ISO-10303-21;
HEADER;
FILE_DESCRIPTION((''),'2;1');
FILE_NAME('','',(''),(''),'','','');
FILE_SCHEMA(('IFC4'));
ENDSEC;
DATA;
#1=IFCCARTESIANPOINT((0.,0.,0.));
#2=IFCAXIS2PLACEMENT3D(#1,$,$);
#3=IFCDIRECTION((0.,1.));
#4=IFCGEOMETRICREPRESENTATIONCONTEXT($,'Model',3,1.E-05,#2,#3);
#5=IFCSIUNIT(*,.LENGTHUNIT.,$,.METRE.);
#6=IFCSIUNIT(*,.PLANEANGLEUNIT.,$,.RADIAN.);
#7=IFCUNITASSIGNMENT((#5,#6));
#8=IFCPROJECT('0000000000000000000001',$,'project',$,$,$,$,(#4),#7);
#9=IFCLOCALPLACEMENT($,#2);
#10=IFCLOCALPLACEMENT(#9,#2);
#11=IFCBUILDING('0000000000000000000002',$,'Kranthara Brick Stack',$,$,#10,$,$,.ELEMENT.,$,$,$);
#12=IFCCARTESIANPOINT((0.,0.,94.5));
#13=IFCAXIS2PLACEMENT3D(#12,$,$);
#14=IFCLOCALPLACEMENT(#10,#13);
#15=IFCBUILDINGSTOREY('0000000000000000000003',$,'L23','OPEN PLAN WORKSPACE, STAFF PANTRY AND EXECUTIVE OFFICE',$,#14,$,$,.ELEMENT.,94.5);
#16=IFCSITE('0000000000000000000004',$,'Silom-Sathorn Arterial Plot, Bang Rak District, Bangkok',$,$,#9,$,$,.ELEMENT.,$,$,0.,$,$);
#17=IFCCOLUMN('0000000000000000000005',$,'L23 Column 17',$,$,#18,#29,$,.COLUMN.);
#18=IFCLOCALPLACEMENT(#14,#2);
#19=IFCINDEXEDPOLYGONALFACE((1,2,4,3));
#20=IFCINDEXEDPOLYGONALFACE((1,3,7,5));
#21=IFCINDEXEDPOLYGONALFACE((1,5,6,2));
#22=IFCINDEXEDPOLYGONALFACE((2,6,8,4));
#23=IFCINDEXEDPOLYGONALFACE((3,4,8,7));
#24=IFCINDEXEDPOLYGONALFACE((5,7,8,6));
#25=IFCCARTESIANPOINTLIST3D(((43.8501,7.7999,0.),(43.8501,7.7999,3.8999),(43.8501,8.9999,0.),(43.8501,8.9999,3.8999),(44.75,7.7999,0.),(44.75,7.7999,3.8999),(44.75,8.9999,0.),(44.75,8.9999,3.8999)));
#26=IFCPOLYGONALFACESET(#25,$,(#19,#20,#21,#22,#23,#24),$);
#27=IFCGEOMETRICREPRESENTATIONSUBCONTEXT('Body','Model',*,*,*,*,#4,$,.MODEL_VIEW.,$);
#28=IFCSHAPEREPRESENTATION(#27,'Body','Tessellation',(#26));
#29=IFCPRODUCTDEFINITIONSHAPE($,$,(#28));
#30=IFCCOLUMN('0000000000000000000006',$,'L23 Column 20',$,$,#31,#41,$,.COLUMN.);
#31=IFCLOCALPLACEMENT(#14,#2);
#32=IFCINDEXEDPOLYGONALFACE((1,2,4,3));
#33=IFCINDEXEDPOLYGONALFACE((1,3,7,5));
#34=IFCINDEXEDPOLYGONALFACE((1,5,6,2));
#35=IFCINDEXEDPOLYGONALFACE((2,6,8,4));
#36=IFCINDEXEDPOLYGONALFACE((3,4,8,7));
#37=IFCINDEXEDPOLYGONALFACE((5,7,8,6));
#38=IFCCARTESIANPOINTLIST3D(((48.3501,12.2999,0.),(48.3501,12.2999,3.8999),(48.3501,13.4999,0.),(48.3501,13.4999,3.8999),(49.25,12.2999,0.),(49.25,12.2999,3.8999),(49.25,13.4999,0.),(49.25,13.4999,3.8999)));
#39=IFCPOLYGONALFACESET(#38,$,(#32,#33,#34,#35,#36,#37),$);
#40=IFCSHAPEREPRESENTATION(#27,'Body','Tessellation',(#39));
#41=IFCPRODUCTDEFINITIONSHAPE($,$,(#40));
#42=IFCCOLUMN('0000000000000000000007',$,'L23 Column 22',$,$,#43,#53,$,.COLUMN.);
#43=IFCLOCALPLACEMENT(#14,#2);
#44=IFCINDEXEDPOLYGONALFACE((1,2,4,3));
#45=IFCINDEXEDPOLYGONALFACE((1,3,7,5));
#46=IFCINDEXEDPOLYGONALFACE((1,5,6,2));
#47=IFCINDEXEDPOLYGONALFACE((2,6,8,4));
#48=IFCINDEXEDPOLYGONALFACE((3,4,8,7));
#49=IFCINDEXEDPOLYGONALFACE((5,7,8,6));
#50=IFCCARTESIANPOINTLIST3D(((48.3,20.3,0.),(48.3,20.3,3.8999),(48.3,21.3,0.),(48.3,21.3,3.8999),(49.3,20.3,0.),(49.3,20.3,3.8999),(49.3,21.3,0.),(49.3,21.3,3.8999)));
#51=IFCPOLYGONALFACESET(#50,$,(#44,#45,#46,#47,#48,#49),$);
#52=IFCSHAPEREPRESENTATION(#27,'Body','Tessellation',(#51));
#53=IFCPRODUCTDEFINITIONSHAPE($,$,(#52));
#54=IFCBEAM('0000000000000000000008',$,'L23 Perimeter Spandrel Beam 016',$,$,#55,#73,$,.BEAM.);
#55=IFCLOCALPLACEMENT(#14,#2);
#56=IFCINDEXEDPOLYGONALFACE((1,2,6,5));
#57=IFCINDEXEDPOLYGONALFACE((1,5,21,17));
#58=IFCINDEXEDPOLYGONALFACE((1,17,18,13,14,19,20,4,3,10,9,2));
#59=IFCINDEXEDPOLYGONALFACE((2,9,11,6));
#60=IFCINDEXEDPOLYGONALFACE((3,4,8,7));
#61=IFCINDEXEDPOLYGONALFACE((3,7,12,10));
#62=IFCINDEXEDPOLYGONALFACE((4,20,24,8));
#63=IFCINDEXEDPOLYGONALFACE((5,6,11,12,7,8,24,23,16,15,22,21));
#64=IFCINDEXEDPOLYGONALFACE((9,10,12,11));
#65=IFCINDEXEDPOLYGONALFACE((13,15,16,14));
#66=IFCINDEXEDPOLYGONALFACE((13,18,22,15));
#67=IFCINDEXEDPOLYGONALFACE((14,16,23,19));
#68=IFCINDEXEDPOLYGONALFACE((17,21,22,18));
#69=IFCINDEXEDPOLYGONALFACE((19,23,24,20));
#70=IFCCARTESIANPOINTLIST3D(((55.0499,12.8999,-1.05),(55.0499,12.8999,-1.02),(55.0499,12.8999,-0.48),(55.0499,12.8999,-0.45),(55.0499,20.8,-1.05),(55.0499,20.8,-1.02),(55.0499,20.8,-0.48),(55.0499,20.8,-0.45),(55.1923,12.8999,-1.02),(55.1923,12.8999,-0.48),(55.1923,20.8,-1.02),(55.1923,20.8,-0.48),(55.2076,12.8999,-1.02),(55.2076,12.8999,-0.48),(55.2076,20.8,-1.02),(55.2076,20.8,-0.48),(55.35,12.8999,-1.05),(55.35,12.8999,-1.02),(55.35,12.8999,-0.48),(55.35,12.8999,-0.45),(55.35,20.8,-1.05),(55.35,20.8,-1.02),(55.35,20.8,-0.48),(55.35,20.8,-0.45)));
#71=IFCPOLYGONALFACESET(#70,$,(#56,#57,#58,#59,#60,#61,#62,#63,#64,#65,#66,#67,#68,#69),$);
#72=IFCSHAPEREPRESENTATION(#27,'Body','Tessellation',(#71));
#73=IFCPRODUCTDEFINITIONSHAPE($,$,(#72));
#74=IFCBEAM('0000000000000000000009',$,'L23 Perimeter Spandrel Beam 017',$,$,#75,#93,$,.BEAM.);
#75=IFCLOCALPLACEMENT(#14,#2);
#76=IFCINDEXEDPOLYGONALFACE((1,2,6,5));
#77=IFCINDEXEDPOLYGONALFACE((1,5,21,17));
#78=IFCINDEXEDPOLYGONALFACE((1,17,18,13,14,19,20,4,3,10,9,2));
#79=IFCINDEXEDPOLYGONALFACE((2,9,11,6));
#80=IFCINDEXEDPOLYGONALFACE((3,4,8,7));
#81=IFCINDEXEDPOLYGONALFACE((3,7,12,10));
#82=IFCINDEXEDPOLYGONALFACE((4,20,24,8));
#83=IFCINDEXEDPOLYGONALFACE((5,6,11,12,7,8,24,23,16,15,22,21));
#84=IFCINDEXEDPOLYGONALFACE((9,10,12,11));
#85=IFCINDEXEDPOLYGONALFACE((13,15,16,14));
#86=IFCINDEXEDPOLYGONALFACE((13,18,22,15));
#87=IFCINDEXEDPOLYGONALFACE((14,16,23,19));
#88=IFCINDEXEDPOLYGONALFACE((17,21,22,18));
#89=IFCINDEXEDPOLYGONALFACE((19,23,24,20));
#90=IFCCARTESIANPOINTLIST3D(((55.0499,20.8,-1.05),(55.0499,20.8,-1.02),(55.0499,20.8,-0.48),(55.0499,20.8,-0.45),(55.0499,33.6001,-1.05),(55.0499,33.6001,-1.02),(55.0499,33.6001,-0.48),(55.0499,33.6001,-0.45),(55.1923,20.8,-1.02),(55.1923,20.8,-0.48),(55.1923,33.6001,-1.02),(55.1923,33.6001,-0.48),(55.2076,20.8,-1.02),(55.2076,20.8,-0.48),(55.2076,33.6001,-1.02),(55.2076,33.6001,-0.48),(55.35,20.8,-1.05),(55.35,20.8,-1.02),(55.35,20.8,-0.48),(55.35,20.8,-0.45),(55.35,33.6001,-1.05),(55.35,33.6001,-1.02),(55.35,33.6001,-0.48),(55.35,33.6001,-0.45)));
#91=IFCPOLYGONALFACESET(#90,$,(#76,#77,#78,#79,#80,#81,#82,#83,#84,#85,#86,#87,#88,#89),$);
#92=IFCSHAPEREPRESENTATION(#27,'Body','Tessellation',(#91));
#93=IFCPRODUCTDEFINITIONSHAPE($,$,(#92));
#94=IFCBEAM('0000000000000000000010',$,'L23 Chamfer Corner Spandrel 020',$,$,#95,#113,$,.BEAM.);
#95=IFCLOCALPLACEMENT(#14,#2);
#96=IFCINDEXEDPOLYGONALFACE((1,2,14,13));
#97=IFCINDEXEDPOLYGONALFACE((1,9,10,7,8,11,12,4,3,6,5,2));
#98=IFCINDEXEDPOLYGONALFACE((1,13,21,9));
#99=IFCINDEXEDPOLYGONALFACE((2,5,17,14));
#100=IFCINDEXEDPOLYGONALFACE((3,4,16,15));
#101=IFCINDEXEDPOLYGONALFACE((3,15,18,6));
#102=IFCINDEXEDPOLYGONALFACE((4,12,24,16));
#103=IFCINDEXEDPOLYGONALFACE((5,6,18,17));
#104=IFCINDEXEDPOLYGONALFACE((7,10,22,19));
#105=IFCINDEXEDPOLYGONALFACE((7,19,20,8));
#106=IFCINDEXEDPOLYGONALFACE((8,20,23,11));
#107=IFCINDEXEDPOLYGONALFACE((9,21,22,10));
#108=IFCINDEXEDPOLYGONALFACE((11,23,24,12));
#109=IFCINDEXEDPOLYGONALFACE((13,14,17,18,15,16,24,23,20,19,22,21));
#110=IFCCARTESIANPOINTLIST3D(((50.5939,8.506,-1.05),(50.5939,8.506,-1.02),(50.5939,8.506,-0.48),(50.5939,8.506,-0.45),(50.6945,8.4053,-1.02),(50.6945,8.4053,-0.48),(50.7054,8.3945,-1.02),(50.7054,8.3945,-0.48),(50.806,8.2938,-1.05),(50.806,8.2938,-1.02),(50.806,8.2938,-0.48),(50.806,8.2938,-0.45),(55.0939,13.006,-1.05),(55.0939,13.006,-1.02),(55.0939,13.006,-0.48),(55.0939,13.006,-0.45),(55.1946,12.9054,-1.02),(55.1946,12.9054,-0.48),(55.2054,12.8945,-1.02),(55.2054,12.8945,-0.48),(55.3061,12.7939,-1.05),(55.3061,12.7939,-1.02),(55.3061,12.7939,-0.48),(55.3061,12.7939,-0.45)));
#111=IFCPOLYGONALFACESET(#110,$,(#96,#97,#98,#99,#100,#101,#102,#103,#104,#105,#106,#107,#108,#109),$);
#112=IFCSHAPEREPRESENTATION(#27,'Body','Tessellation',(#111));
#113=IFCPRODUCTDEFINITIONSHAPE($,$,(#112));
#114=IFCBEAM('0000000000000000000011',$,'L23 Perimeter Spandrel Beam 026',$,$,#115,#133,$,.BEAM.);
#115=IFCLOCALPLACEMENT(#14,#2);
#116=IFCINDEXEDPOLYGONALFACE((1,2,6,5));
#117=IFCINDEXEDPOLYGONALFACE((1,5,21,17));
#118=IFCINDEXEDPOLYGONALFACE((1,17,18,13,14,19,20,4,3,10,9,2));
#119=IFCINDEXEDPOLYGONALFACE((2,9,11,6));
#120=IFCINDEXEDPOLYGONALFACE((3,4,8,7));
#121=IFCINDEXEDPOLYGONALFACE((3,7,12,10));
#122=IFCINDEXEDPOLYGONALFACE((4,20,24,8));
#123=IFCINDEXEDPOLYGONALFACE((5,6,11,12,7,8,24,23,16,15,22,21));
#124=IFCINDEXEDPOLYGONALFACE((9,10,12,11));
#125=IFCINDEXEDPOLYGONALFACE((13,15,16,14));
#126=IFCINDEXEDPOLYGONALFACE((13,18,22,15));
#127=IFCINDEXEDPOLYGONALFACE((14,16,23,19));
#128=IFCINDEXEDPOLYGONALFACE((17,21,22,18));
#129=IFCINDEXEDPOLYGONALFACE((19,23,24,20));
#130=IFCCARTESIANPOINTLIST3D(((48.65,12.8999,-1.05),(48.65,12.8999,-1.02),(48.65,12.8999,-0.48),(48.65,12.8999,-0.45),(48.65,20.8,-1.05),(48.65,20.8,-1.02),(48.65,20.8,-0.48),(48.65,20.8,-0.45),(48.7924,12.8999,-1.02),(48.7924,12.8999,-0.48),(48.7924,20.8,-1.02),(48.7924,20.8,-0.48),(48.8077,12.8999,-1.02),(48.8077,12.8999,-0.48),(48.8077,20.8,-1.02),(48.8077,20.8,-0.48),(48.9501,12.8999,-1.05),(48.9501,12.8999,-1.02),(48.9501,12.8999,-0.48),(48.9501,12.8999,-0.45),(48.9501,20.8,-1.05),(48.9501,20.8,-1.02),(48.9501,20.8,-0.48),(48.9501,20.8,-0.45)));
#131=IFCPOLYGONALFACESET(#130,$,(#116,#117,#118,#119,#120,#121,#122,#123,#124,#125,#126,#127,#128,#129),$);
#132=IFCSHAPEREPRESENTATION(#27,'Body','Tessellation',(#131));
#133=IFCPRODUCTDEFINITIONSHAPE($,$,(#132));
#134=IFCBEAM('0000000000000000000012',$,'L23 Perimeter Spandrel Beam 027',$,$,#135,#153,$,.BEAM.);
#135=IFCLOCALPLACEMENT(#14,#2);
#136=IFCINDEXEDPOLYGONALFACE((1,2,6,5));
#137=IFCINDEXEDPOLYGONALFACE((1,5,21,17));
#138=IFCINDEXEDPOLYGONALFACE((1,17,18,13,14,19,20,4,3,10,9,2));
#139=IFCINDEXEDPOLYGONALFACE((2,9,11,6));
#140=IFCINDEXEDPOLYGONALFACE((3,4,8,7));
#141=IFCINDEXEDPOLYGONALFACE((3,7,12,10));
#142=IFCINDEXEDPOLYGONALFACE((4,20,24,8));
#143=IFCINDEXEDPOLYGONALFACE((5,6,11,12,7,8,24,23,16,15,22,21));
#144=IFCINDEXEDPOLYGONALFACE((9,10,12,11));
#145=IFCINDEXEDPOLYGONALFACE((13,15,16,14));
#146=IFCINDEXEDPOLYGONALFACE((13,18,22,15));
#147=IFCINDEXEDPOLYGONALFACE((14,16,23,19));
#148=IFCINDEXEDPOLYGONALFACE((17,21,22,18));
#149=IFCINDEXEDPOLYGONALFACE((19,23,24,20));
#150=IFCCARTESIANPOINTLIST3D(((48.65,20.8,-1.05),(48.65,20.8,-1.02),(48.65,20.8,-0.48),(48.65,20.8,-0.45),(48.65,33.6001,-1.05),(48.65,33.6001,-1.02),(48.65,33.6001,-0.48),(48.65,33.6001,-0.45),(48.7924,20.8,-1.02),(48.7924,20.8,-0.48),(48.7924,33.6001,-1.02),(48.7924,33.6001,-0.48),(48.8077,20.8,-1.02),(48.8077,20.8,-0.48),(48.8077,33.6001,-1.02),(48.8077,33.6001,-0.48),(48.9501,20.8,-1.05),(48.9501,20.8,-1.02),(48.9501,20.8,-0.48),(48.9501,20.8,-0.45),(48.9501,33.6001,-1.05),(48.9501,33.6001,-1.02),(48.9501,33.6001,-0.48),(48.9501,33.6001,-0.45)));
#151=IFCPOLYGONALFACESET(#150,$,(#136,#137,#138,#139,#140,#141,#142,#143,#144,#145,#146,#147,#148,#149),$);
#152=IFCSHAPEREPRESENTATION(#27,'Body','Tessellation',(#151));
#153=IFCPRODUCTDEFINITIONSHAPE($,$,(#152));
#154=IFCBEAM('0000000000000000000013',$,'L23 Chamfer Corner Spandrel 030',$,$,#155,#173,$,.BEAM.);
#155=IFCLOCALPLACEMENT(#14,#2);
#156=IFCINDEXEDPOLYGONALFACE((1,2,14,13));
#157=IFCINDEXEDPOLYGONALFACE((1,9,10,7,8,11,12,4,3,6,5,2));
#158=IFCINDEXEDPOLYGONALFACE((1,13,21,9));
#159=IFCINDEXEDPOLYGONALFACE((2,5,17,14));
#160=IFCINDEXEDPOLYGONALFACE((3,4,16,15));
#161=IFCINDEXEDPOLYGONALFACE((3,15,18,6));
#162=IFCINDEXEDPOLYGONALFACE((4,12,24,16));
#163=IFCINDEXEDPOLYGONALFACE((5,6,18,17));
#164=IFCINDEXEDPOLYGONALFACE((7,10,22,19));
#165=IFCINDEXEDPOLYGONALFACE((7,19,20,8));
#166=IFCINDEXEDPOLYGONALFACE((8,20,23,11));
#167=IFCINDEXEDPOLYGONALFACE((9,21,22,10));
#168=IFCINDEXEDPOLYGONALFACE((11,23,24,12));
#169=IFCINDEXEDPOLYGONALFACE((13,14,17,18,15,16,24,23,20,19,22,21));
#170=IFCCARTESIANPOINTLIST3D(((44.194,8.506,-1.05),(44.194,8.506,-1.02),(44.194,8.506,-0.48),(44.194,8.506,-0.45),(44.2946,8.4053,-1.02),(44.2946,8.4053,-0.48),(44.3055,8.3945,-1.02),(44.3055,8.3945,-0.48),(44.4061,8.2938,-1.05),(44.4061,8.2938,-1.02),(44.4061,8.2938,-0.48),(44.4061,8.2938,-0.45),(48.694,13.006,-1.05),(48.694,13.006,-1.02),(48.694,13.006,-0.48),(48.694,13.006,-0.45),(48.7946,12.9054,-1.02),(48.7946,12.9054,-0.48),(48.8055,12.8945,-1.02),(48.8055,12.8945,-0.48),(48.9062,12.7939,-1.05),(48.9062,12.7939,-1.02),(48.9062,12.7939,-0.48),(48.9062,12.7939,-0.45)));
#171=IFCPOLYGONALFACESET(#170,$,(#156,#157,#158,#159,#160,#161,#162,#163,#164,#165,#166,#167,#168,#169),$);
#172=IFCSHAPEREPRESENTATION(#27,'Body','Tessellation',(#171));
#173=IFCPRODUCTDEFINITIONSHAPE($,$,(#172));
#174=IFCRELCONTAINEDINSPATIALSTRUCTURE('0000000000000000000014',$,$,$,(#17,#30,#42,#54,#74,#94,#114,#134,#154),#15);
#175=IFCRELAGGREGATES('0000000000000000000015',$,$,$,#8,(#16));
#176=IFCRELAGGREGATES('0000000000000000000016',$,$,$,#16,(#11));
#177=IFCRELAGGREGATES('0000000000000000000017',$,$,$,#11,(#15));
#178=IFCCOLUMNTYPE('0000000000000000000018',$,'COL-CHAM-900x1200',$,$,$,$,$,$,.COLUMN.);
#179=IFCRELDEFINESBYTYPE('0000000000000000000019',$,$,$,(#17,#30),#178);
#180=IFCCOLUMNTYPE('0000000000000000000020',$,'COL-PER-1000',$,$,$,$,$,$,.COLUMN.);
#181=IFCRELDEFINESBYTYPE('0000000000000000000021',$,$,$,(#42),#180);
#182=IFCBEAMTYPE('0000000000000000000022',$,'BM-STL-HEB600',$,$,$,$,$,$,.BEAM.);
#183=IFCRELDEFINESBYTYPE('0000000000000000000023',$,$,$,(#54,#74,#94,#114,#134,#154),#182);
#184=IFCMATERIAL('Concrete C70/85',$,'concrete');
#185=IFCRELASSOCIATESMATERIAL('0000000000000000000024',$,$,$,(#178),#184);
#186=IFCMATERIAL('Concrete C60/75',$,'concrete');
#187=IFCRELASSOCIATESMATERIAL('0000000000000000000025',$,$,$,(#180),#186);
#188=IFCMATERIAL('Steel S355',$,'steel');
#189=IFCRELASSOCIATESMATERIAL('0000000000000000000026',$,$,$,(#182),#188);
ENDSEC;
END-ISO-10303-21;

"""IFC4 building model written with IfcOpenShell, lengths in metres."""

from ifc_helpers import new_model, si_unit, direction, frame, origin, origin_2d, place, context, subcontext, project, spatial, rectangle, i_section, extrude, material, material_profile, profile_set, type_object, element, save


model = new_model("IFC4")

# Units and contexts
model_context = context("Model", 3, precision=1e-05, world=origin(), true_north=direction((0.0, 1.0)))
body_context = subcontext(model_context, "Body", "Model", "MODEL_VIEW")
ifc_project = project(units=[si_unit("LENGTHUNIT", "METRE"), si_unit("PLANEANGLEUNIT", "RADIAN")], contexts=[model_context])

# Site, building, storey
site_placement = place(None, origin())
site = spatial("IfcSite", under=ifc_project, at=site_placement, Name="Silom-Sathorn Arterial Plot, Bang Rak District, Bangkok", CompositionType="ELEMENT", RefElevation=0.0)
building_placement = place(site_placement, origin())
building = spatial("IfcBuilding", under=site, at=building_placement, Name="Kranthara Brick Stack", CompositionType="ELEMENT")
storey_placement = place(building_placement, frame((0.0, 0.0, 94.5)))
storey = spatial("IfcBuildingStorey", under=building, at=storey_placement, Name="L23", Description="OPEN PLAN WORKSPACE, STAFF PANTRY AND EXECUTIVE OFFICE", CompositionType="ELEMENT", Elevation=94.5)

# Columns
ifc_material_1 = material(Name="Concrete C70/85", Category="concrete")
ifc_material_profile_1 = material_profile(ifc_material_1, rectangle(XDim=0.8999, YDim=1.2, at=origin_2d()), Name="RC 900x1200")
ifc_profile_set_1 = profile_set([ifc_material_profile_1], Name="Concrete C70/85")
column_type_1 = type_object("IfcColumnType", Name="COL-CHAM-900x1200", PredefinedType="COLUMN", material=ifc_profile_set_1)
for number, where, z_axis, x_axis, name in (
    (1, (44.3, 8.3999, 0.0), (0.0, 0.0, 1.0), (1.0, 0.0, 0.0), "L23 Column 17"),
    (2, (48.8, 12.8999, 0.0), (0.0, 0.0, 1.0), (1.0, 0.0, 0.0), "L23 Column 20"),
):
    element("IfcColumn", number, at=place(storey_placement, frame(where, z_axis=z_axis, x_axis=x_axis)), inside=storey, type_object=column_type_1, Name=name, PredefinedType="COLUMN", context=body_context, shape_type="SweptSolid", body=[
        extrude(rectangle(XDim=0.8999, YDim=1.2, at=origin_2d()), origin(), (0.0, 0.0, 1.0), 3.8999),
    ])
ifc_material_2 = material(Name="Concrete C60/75", Category="concrete")
ifc_material_profile_2 = material_profile(ifc_material_2, rectangle(XDim=1.0, YDim=1.0, at=origin_2d()), Name="RC 1000x1000")
ifc_profile_set_2 = profile_set([ifc_material_profile_2], Name="Concrete C60/75")
column_type_2 = type_object("IfcColumnType", Name="COL-PER-1000", PredefinedType="COLUMN", material=ifc_profile_set_2)
column_placement = place(storey_placement, frame((48.8, 20.8, 0.0), z_axis=(0.0, 0.0, 1.0), x_axis=(1.0, 0.0, 0.0)))
element("IfcColumn", 3, at=column_placement, inside=storey, type_object=column_type_2, Name="L23 Column 22", PredefinedType="COLUMN", context=body_context, shape_type="SweptSolid", body=[
    extrude(rectangle(XDim=1.0, YDim=1.0, at=origin_2d()), origin(), (0.0, 0.0, 1.0), 3.8999),
])

# Beams
ifc_material_3 = material(Name="Steel S355", Category="steel")
ifc_material_profile_3 = material_profile(ifc_material_3, i_section(OverallWidth=0.3, OverallDepth=0.6001, WebThickness=0.0154, FlangeThickness=0.03, at=origin_2d()), Name="HEB 600")
ifc_profile_set_3 = profile_set([ifc_material_profile_3], Name="Steel S355")
beam_type_1 = type_object("IfcBeamType", Name="BM-STL-HEB600", PredefinedType="BEAM", material=ifc_profile_set_3)
beam_1_placement = place(storey_placement, frame((55.2, 12.8999, -0.75), z_axis=(0.0, 1.0, 0.0), x_axis=(-1.0, 0.0, 0.0)))
element("IfcBeam", 4, at=beam_1_placement, inside=storey, type_object=beam_type_1, Name="L23 Perimeter Spandrel Beam 016", PredefinedType="BEAM", context=body_context, shape_type="SweptSolid", body=[
    extrude(i_section(OverallWidth=0.3, OverallDepth=0.6001, WebThickness=0.0154, FlangeThickness=0.03, at=origin_2d()), origin(), (0.0, 0.0, 1.0), 7.9001),
])
beam_2_placement = place(storey_placement, frame((55.2, 20.8, -0.75), z_axis=(0.0, 1.0, 0.0), x_axis=(-1.0, 0.0, 0.0)))
element("IfcBeam", 5, at=beam_2_placement, inside=storey, type_object=beam_type_1, Name="L23 Perimeter Spandrel Beam 017", PredefinedType="BEAM", context=body_context, shape_type="SweptSolid", body=[
    extrude(i_section(OverallWidth=0.3, OverallDepth=0.6001, WebThickness=0.0154, FlangeThickness=0.03, at=origin_2d()), origin(), (0.0, 0.0, 1.0), 12.8),
])
beam_3_placement = place(storey_placement, frame((50.7, 8.3999, -0.75), z_axis=(0.707107, 0.707107, 0.0), x_axis=(-0.707107, 0.707107, 0.0)))
element("IfcBeam", 6, at=beam_3_placement, inside=storey, type_object=beam_type_1, Name="L23 Chamfer Corner Spandrel 020", PredefinedType="BEAM", context=body_context, shape_type="SweptSolid", body=[
    extrude(i_section(OverallWidth=0.3, OverallDepth=0.6001, WebThickness=0.0154, FlangeThickness=0.03, at=origin_2d()), origin(), (0.0, 0.0, 1.0), 6.364),
])
beam_4_placement = place(storey_placement, frame((48.8, 12.8999, -0.75), z_axis=(0.0, 1.0, 0.0), x_axis=(-1.0, 0.0, 0.0)))
element("IfcBeam", 7, at=beam_4_placement, inside=storey, type_object=beam_type_1, Name="L23 Perimeter Spandrel Beam 026", PredefinedType="BEAM", context=body_context, shape_type="SweptSolid", body=[
    extrude(i_section(OverallWidth=0.3, OverallDepth=0.6001, WebThickness=0.0154, FlangeThickness=0.03, at=origin_2d()), origin(), (0.0, 0.0, 1.0), 7.9001),
])
beam_5_placement = place(storey_placement, frame((48.8, 20.8, -0.75), z_axis=(0.0, 1.0, 0.0), x_axis=(-1.0, 0.0, 0.0)))
element("IfcBeam", 8, at=beam_5_placement, inside=storey, type_object=beam_type_1, Name="L23 Perimeter Spandrel Beam 027", PredefinedType="BEAM", context=body_context, shape_type="SweptSolid", body=[
    extrude(i_section(OverallWidth=0.3, OverallDepth=0.6001, WebThickness=0.0154, FlangeThickness=0.03, at=origin_2d()), origin(), (0.0, 0.0, 1.0), 12.8),
])
beam_6_placement = place(storey_placement, frame((44.3, 8.3999, -0.75), z_axis=(0.707107, 0.707107, 0.0), x_axis=(-0.707107, 0.707107, 0.0)))
element("IfcBeam", 9, at=beam_6_placement, inside=storey, type_object=beam_type_1, Name="L23 Chamfer Corner Spandrel 030", PredefinedType="BEAM", context=body_context, shape_type="SweptSolid", body=[
    extrude(i_section(OverallWidth=0.3, OverallDepth=0.6001, WebThickness=0.0154, FlangeThickness=0.03, at=origin_2d()), origin(), (0.0, 0.0, 1.0), 6.364),
])

save(model, "model.ifc")
